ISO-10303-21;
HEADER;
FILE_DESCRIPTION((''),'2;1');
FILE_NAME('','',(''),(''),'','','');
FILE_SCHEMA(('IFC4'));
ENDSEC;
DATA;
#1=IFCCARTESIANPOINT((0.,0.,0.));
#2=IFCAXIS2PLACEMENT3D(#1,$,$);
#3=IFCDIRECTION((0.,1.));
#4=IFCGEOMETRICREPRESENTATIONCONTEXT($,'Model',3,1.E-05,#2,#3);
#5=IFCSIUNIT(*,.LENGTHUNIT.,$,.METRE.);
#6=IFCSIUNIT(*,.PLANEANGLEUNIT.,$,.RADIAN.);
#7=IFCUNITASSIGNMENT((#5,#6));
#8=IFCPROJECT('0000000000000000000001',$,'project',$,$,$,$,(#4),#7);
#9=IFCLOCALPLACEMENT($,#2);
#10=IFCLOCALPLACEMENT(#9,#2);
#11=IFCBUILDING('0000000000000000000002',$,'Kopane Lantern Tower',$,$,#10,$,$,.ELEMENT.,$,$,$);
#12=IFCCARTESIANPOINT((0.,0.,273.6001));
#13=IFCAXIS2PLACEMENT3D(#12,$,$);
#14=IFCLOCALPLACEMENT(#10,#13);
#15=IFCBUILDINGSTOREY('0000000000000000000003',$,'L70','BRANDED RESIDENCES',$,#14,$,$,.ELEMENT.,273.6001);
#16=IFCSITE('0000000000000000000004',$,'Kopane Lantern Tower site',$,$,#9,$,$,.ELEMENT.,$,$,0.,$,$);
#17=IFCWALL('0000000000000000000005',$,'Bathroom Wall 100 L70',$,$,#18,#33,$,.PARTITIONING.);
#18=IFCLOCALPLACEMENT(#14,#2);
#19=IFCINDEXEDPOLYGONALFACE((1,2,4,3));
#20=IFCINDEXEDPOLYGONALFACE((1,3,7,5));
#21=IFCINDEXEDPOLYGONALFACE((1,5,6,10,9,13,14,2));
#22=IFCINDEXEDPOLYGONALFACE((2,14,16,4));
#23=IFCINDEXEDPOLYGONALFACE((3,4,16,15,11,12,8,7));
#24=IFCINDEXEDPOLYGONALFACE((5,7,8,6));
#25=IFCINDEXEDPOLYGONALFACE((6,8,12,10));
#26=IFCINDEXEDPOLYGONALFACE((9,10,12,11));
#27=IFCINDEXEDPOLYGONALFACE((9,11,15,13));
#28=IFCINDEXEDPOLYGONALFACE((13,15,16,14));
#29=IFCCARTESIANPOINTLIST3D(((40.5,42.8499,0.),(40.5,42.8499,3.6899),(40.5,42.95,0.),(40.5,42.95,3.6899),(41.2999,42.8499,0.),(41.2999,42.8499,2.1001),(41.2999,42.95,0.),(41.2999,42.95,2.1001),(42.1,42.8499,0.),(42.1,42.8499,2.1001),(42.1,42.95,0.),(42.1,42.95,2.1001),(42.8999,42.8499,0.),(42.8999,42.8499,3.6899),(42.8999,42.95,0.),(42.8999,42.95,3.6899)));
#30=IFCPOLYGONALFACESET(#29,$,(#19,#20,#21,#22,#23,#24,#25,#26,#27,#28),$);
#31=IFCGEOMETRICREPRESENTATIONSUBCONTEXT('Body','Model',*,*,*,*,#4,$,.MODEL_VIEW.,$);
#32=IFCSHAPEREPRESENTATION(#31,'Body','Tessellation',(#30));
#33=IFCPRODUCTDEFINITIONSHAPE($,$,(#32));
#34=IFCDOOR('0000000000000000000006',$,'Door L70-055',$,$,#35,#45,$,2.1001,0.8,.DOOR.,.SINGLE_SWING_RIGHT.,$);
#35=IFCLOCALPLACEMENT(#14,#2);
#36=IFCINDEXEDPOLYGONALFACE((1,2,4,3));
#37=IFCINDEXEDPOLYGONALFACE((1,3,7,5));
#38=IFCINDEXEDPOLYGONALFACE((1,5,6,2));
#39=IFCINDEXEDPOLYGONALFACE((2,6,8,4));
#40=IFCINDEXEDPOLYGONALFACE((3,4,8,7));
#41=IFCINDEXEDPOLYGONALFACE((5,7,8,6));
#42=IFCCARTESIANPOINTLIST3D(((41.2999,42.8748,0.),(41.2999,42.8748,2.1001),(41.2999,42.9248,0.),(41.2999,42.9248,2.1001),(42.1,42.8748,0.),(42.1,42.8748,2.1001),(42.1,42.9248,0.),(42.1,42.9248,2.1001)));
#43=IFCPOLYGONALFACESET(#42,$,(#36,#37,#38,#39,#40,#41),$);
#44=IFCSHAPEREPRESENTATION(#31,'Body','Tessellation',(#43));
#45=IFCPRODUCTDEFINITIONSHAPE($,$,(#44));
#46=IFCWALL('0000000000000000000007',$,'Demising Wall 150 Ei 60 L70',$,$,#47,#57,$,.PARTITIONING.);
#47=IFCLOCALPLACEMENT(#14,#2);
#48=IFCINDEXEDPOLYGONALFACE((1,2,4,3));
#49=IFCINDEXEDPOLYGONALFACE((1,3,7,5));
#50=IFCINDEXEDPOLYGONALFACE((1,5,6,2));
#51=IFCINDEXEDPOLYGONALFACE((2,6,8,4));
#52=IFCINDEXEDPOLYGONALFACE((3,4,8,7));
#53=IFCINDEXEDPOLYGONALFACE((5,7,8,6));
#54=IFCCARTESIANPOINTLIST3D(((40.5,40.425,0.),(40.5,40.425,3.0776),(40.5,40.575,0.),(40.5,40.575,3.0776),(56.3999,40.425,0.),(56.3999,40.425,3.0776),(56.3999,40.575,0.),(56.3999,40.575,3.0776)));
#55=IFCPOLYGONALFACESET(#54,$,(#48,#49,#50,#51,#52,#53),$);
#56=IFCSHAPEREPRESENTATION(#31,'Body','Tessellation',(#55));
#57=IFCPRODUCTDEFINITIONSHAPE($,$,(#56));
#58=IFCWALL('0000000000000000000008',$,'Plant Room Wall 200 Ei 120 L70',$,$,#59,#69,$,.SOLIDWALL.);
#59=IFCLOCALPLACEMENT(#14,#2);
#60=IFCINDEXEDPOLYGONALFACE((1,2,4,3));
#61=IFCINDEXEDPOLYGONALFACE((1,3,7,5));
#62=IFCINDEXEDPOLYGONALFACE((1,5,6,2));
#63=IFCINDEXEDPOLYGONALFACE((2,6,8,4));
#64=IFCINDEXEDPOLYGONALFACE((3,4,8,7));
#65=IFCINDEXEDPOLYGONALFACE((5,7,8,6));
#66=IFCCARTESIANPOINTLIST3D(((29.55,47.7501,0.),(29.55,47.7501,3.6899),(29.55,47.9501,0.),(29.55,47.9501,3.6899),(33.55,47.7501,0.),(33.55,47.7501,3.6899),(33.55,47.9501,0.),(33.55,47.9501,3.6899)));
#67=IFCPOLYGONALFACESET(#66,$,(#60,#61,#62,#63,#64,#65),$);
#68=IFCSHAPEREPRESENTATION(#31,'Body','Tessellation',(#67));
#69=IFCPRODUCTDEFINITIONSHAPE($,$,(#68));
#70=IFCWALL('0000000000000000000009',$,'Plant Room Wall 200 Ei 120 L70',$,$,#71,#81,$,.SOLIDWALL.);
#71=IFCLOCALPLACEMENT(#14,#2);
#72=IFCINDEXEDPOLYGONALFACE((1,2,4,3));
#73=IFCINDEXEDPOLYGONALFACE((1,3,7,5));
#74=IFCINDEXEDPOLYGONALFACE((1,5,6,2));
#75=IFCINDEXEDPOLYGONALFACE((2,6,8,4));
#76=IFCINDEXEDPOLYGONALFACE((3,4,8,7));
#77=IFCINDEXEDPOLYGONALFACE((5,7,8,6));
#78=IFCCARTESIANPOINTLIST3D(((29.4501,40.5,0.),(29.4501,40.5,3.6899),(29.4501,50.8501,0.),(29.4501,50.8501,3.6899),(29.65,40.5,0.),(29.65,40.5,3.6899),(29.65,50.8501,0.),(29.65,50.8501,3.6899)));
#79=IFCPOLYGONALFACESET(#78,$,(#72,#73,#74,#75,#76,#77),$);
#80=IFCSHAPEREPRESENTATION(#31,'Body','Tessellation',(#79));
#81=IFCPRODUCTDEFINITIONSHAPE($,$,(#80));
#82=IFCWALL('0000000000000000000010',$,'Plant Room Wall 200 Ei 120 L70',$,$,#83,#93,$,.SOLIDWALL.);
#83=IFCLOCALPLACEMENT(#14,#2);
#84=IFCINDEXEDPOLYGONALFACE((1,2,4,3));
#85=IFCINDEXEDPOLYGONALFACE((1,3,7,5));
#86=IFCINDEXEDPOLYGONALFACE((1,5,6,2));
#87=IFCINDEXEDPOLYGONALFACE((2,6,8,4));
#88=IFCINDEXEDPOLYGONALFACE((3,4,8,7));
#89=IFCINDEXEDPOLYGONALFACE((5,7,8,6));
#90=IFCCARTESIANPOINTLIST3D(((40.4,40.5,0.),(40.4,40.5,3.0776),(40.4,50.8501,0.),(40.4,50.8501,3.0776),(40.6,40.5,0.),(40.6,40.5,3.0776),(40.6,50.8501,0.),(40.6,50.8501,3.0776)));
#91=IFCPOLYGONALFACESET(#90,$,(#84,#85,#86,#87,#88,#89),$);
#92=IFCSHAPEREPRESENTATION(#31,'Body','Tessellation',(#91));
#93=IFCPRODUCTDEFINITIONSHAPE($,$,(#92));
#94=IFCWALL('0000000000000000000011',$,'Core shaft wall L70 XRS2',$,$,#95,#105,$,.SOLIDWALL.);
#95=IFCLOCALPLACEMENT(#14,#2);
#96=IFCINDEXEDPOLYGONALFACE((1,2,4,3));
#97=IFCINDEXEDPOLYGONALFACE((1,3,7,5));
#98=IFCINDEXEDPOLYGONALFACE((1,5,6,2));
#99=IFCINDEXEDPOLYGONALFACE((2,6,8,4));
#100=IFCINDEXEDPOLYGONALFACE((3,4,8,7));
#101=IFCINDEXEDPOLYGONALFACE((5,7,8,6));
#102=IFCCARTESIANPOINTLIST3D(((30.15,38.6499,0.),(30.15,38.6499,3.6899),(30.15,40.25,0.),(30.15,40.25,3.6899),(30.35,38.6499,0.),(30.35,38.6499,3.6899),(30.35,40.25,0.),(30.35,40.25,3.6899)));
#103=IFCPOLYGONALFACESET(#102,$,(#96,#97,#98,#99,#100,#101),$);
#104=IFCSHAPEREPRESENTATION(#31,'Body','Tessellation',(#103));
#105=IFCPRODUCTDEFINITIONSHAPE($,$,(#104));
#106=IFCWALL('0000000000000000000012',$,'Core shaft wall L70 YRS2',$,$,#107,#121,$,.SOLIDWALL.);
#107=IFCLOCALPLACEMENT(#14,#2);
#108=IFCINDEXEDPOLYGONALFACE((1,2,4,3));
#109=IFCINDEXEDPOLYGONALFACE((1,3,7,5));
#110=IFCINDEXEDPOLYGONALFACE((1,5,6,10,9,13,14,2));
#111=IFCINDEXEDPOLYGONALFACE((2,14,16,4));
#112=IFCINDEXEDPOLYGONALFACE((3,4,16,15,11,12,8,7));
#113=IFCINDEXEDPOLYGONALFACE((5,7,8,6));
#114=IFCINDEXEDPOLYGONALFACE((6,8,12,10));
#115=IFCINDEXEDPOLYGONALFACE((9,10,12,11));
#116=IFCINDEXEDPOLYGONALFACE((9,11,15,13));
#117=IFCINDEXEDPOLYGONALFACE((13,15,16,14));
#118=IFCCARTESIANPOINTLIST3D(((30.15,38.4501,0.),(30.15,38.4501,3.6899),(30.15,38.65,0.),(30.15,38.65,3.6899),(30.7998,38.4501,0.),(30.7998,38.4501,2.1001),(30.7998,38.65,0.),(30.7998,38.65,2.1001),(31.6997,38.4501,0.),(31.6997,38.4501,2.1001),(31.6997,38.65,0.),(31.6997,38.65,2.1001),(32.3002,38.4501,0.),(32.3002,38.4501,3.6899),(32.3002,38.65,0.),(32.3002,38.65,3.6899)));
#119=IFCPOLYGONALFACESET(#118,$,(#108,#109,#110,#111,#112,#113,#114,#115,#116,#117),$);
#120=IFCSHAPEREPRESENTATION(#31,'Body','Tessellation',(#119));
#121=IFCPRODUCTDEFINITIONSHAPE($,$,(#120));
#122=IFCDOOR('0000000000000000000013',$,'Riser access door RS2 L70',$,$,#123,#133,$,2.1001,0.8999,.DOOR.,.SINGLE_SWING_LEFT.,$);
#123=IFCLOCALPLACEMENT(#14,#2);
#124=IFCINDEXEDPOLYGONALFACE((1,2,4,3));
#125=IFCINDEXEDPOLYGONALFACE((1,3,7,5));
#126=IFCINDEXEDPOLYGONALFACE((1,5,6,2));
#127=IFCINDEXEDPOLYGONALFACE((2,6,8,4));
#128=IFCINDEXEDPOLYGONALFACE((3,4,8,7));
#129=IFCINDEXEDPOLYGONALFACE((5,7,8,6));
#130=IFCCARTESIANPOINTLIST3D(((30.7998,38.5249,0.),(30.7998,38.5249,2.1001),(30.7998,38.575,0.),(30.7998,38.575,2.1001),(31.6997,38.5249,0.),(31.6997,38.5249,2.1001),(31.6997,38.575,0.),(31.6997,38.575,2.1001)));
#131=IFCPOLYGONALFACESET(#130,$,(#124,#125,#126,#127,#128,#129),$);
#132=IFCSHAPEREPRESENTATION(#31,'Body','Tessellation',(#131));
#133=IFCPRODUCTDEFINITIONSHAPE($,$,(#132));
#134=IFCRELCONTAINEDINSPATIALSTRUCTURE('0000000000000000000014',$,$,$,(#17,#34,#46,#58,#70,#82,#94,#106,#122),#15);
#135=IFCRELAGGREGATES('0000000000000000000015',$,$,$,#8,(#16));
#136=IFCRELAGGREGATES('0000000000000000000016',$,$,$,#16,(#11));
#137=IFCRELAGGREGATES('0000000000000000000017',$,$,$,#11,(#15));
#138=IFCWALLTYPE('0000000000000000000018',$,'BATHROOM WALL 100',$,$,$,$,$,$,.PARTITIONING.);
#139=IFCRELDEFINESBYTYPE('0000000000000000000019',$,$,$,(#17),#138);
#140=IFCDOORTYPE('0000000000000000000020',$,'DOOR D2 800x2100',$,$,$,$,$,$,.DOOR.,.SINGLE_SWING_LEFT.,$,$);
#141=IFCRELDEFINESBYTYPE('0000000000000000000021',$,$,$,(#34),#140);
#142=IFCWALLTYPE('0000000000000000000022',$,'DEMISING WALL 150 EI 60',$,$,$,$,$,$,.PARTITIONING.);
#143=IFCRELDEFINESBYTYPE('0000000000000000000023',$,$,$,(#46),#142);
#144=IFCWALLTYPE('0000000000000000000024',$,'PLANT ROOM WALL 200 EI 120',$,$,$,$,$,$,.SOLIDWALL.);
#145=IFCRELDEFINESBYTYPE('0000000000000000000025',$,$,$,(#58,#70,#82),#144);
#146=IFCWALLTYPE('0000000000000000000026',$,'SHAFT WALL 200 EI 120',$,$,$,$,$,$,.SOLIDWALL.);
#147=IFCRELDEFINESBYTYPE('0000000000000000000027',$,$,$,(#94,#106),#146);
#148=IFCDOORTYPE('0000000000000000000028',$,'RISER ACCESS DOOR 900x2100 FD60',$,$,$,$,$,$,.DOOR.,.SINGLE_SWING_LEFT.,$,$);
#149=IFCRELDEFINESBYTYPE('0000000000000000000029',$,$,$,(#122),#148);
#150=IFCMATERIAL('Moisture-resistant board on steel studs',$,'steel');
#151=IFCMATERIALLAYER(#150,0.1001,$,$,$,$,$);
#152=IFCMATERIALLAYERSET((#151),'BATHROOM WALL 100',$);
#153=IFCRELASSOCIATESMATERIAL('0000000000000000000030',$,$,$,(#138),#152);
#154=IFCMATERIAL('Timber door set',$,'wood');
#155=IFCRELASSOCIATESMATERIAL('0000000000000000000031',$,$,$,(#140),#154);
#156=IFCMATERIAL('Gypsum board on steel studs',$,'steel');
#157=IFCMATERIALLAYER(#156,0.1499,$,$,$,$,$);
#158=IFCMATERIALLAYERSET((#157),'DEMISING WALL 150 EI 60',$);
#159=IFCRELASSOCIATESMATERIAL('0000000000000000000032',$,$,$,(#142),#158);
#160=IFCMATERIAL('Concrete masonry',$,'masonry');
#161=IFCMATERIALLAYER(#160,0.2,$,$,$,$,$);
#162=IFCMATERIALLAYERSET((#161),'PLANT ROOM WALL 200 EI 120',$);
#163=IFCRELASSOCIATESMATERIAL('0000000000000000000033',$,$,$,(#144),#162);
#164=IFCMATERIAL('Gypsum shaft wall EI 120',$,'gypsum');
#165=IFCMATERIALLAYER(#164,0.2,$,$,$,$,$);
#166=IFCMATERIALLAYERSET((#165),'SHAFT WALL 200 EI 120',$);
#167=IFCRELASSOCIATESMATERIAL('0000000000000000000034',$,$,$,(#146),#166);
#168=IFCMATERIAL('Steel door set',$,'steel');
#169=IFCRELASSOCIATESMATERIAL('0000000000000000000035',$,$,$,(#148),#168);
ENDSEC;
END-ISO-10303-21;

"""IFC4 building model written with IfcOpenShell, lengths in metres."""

from ifc_helpers import new_model, si_unit, direction, frame, frame_2d, origin, place, context, subcontext, project, spatial, rectangle, extrude, material, layer, layer_set, type_object, element, fill, save


model = new_model("IFC4")

# Units and contexts
model_context = context("Model", 3, precision=1e-05, world=origin(), true_north=direction((0.0, 1.0)))
body_context = subcontext(model_context, "Body", "Model", "MODEL_VIEW")
ifc_project = project(units=[si_unit("LENGTHUNIT", "METRE"), si_unit("PLANEANGLEUNIT", "RADIAN")], contexts=[model_context])

# Site, building, storey
site_placement = place(None, origin())
site = spatial("IfcSite", under=ifc_project, at=site_placement, Name="Kopane Lantern Tower site", CompositionType="ELEMENT", RefElevation=0.0)
building_placement = place(site_placement, origin())
building = spatial("IfcBuilding", under=site, at=building_placement, Name="Kopane Lantern Tower", CompositionType="ELEMENT")
storey_placement = place(building_placement, frame((0.0, 0.0, 273.6001)))
storey = spatial("IfcBuildingStorey", under=building, at=storey_placement, Name="L70", Description="BRANDED RESIDENCES", CompositionType="ELEMENT", Elevation=273.6001)

# Wall, opening, door
ifc_material_1 = material(Name="Moisture-resistant board on steel studs", Category="steel")
ifc_layer_1 = layer(ifc_material_1, 0.1001)
ifc_layer_set_1 = layer_set([ifc_layer_1], Name="BATHROOM WALL 100")
wall_type_1 = type_object("IfcWallType", Name="BATHROOM WALL 100", PredefinedType="PARTITIONING", material=ifc_layer_set_1)
wall_1_placement = place(storey_placement, frame((40.5, 42.8999, 0.0), z_axis=(0.0, 0.0, 1.0), x_axis=(1.0, 0.0, 0.0)))
wall_1 = element("IfcWall", 1, at=wall_1_placement, inside=storey, type_object=wall_type_1, Name="Bathroom Wall 100 L70", PredefinedType="PARTITIONING", context=body_context, shape_type="SweptSolid", body=[
    extrude(rectangle(XDim=2.3999, YDim=0.1001, at=frame_2d((1.2, 0.0))), origin(), (0.0, 0.0, 1.0), 3.6899),
])
opening_1_placement = place(wall_1_placement, frame((0.8, 0.0, 0.0)))
opening_1 = element("IfcOpeningElement", 2, at=opening_1_placement, cuts=wall_1, PredefinedType="OPENING", context=body_context, shape_type="SweptSolid", body=[
    extrude(rectangle(XDim=0.8, YDim=2.1001, at=frame_2d((0.3999, 1.05))), frame((0.0, 0.0601, 0.0), z_axis=(0.0, -1.0, 0.0), x_axis=(1.0, 0.0, 0.0)), (0.0, 0.0, 1.0), 0.1201),
])
ifc_material_2 = material(Name="Timber door set", Category="wood")
door_type_1 = type_object("IfcDoorType", Name="DOOR D2 800x2100", OperationType="SINGLE_SWING_LEFT", PredefinedType="DOOR", material=ifc_material_2)
door_1_placement = place(opening_1_placement, origin())
door_1 = element("IfcDoor", 3, at=door_1_placement, inside=storey, type_object=door_type_1, Name="Door L70-055", OperationType="SINGLE_SWING_RIGHT", OverallHeight=2.1001, OverallWidth=0.8, PredefinedType="DOOR", context=body_context, shape_type="SweptSolid", body=[
    extrude(rectangle(XDim=0.8, YDim=2.1001, at=frame_2d((0.3999, 1.05))), frame((0.0, 0.0249, 0.0), z_axis=(0.0, -1.0, 0.0), x_axis=(1.0, 0.0, 0.0)), (0.0, 0.0, 1.0), 0.05),
])
fill(opening_1, door_1)

# Walls
ifc_material_3 = material(Name="Gypsum board on steel studs", Category="steel")
ifc_layer_2 = layer(ifc_material_3, 0.1499)
ifc_layer_set_2 = layer_set([ifc_layer_2], Name="DEMISING WALL 150 EI 60")
wall_type_2 = type_object("IfcWallType", Name="DEMISING WALL 150 EI 60", PredefinedType="PARTITIONING", material=ifc_layer_set_2)
wall_2_placement = place(storey_placement, frame((40.5, 40.5, 0.0), z_axis=(0.0, 0.0, 1.0), x_axis=(1.0, 0.0, 0.0)))
element("IfcWall", 4, at=wall_2_placement, inside=storey, type_object=wall_type_2, Name="Demising Wall 150 Ei 60 L70", PredefinedType="PARTITIONING", context=body_context, shape_type="SweptSolid", body=[
    extrude(rectangle(XDim=15.8999, YDim=0.1499, at=frame_2d((7.95, 0.0))), origin(), (0.0, 0.0, 1.0), 3.0776),
])
ifc_material_4 = material(Name="Concrete masonry", Category="masonry")
ifc_layer_3 = layer(ifc_material_4, 0.2)
ifc_layer_set_3 = layer_set([ifc_layer_3], Name="PLANT ROOM WALL 200 EI 120")
wall_type_3 = type_object("IfcWallType", Name="PLANT ROOM WALL 200 EI 120", PredefinedType="SOLIDWALL", material=ifc_layer_set_3)
wall_3_placement = place(storey_placement, frame((29.55, 47.8501, 0.0), z_axis=(0.0, 0.0, 1.0), x_axis=(1.0, 0.0, 0.0)))
element("IfcWall", 5, at=wall_3_placement, inside=storey, type_object=wall_type_3, Name="Plant Room Wall 200 Ei 120 L70", PredefinedType="SOLIDWALL", context=body_context, shape_type="SweptSolid", body=[
    extrude(rectangle(XDim=4.0, YDim=0.2, at=frame_2d((2.0, 0.0))), origin(), (0.0, 0.0, 1.0), 3.6899),
])
wall_4_placement = place(storey_placement, frame((29.55, 40.5, 0.0), z_axis=(0.0, 0.0, 1.0), x_axis=(0.0, 1.0, 0.0)))
element("IfcWall", 6, at=wall_4_placement, inside=storey, type_object=wall_type_3, Name="Plant Room Wall 200 Ei 120 L70", PredefinedType="SOLIDWALL", context=body_context, shape_type="SweptSolid", body=[
    extrude(rectangle(XDim=10.3501, YDim=0.2, at=frame_2d((5.175, 0.0))), origin(), (0.0, 0.0, 1.0), 3.6899),
])
wall_5_placement = place(storey_placement, frame((40.5, 40.5, 0.0), z_axis=(0.0, 0.0, 1.0), x_axis=(0.0, 1.0, 0.0)))
element("IfcWall", 7, at=wall_5_placement, inside=storey, type_object=wall_type_3, Name="Plant Room Wall 200 Ei 120 L70", PredefinedType="SOLIDWALL", context=body_context, shape_type="SweptSolid", body=[
    extrude(rectangle(XDim=10.3501, YDim=0.2, at=frame_2d((5.175, 0.0))), origin(), (0.0, 0.0, 1.0), 3.0776),
])
ifc_material_5 = material(Name="Gypsum shaft wall EI 120", Category="gypsum")
ifc_layer_4 = layer(ifc_material_5, 0.2)
ifc_layer_set_4 = layer_set([ifc_layer_4], Name="SHAFT WALL 200 EI 120")
wall_type_4 = type_object("IfcWallType", Name="SHAFT WALL 200 EI 120", PredefinedType="SOLIDWALL", material=ifc_layer_set_4)
wall_6_placement = place(storey_placement, frame((30.25, 38.6499, 0.0), z_axis=(0.0, 0.0, 1.0), x_axis=(0.0, 1.0, 0.0)))
element("IfcWall", 8, at=wall_6_placement, inside=storey, type_object=wall_type_4, Name="Core shaft wall L70 XRS2", PredefinedType="SOLIDWALL", context=body_context, shape_type="SweptSolid", body=[
    extrude(rectangle(XDim=1.6001, YDim=0.2, at=frame_2d((0.8, 0.0))), origin(), (0.0, 0.0, 1.0), 3.6899),
])

# Wall, opening, door
wall_7_placement = place(storey_placement, frame((30.1499, 38.55, 0.0), z_axis=(0.0, 0.0, 1.0), x_axis=(1.0, 0.0, 0.0)))
wall_7 = element("IfcWall", 9, at=wall_7_placement, inside=storey, type_object=wall_type_4, Name="Core shaft wall L70 YRS2", PredefinedType="SOLIDWALL", context=body_context, shape_type="SweptSolid", body=[
    extrude(rectangle(XDim=2.1501, YDim=0.2, at=frame_2d((1.0752, 0.0))), origin(), (0.0, 0.0, 1.0), 3.6899),
])
opening_2_placement = place(wall_7_placement, frame((0.6499, 0.0, 0.0)))
opening_2 = element("IfcOpeningElement", 10, at=opening_2_placement, cuts=wall_7, PredefinedType="OPENING", context=body_context, shape_type="SweptSolid", body=[
    extrude(rectangle(XDim=0.8999, YDim=2.1001, at=frame_2d((0.45, 1.05))), frame((0.0, 0.1099, 0.0), z_axis=(0.0, -1.0, 0.0), x_axis=(1.0, 0.0, 0.0)), (0.0, 0.0, 1.0), 0.22),
])
ifc_material_6 = material(Name="Steel door set", Category="steel")
door_type_2 = type_object("IfcDoorType", Name="RISER ACCESS DOOR 900x2100 FD60", OperationType="SINGLE_SWING_LEFT", PredefinedType="DOOR", material=ifc_material_6)
door_2_placement = place(opening_2_placement, origin())
door_2 = element("IfcDoor", 11, at=door_2_placement, inside=storey, type_object=door_type_2, Name="Riser access door RS2 L70", OperationType="SINGLE_SWING_LEFT", OverallHeight=2.1001, OverallWidth=0.8999, PredefinedType="DOOR", context=body_context, shape_type="SweptSolid", body=[
    extrude(rectangle(XDim=0.8999, YDim=2.1001, at=frame_2d((0.45, 1.05))), frame((0.0, 0.0249, 0.0), z_axis=(0.0, -1.0, 0.0), x_axis=(1.0, 0.0, 0.0)), (0.0, 0.0, 1.0), 0.05),
])
fill(opening_2, door_2)

save(model, "model.ifc")
